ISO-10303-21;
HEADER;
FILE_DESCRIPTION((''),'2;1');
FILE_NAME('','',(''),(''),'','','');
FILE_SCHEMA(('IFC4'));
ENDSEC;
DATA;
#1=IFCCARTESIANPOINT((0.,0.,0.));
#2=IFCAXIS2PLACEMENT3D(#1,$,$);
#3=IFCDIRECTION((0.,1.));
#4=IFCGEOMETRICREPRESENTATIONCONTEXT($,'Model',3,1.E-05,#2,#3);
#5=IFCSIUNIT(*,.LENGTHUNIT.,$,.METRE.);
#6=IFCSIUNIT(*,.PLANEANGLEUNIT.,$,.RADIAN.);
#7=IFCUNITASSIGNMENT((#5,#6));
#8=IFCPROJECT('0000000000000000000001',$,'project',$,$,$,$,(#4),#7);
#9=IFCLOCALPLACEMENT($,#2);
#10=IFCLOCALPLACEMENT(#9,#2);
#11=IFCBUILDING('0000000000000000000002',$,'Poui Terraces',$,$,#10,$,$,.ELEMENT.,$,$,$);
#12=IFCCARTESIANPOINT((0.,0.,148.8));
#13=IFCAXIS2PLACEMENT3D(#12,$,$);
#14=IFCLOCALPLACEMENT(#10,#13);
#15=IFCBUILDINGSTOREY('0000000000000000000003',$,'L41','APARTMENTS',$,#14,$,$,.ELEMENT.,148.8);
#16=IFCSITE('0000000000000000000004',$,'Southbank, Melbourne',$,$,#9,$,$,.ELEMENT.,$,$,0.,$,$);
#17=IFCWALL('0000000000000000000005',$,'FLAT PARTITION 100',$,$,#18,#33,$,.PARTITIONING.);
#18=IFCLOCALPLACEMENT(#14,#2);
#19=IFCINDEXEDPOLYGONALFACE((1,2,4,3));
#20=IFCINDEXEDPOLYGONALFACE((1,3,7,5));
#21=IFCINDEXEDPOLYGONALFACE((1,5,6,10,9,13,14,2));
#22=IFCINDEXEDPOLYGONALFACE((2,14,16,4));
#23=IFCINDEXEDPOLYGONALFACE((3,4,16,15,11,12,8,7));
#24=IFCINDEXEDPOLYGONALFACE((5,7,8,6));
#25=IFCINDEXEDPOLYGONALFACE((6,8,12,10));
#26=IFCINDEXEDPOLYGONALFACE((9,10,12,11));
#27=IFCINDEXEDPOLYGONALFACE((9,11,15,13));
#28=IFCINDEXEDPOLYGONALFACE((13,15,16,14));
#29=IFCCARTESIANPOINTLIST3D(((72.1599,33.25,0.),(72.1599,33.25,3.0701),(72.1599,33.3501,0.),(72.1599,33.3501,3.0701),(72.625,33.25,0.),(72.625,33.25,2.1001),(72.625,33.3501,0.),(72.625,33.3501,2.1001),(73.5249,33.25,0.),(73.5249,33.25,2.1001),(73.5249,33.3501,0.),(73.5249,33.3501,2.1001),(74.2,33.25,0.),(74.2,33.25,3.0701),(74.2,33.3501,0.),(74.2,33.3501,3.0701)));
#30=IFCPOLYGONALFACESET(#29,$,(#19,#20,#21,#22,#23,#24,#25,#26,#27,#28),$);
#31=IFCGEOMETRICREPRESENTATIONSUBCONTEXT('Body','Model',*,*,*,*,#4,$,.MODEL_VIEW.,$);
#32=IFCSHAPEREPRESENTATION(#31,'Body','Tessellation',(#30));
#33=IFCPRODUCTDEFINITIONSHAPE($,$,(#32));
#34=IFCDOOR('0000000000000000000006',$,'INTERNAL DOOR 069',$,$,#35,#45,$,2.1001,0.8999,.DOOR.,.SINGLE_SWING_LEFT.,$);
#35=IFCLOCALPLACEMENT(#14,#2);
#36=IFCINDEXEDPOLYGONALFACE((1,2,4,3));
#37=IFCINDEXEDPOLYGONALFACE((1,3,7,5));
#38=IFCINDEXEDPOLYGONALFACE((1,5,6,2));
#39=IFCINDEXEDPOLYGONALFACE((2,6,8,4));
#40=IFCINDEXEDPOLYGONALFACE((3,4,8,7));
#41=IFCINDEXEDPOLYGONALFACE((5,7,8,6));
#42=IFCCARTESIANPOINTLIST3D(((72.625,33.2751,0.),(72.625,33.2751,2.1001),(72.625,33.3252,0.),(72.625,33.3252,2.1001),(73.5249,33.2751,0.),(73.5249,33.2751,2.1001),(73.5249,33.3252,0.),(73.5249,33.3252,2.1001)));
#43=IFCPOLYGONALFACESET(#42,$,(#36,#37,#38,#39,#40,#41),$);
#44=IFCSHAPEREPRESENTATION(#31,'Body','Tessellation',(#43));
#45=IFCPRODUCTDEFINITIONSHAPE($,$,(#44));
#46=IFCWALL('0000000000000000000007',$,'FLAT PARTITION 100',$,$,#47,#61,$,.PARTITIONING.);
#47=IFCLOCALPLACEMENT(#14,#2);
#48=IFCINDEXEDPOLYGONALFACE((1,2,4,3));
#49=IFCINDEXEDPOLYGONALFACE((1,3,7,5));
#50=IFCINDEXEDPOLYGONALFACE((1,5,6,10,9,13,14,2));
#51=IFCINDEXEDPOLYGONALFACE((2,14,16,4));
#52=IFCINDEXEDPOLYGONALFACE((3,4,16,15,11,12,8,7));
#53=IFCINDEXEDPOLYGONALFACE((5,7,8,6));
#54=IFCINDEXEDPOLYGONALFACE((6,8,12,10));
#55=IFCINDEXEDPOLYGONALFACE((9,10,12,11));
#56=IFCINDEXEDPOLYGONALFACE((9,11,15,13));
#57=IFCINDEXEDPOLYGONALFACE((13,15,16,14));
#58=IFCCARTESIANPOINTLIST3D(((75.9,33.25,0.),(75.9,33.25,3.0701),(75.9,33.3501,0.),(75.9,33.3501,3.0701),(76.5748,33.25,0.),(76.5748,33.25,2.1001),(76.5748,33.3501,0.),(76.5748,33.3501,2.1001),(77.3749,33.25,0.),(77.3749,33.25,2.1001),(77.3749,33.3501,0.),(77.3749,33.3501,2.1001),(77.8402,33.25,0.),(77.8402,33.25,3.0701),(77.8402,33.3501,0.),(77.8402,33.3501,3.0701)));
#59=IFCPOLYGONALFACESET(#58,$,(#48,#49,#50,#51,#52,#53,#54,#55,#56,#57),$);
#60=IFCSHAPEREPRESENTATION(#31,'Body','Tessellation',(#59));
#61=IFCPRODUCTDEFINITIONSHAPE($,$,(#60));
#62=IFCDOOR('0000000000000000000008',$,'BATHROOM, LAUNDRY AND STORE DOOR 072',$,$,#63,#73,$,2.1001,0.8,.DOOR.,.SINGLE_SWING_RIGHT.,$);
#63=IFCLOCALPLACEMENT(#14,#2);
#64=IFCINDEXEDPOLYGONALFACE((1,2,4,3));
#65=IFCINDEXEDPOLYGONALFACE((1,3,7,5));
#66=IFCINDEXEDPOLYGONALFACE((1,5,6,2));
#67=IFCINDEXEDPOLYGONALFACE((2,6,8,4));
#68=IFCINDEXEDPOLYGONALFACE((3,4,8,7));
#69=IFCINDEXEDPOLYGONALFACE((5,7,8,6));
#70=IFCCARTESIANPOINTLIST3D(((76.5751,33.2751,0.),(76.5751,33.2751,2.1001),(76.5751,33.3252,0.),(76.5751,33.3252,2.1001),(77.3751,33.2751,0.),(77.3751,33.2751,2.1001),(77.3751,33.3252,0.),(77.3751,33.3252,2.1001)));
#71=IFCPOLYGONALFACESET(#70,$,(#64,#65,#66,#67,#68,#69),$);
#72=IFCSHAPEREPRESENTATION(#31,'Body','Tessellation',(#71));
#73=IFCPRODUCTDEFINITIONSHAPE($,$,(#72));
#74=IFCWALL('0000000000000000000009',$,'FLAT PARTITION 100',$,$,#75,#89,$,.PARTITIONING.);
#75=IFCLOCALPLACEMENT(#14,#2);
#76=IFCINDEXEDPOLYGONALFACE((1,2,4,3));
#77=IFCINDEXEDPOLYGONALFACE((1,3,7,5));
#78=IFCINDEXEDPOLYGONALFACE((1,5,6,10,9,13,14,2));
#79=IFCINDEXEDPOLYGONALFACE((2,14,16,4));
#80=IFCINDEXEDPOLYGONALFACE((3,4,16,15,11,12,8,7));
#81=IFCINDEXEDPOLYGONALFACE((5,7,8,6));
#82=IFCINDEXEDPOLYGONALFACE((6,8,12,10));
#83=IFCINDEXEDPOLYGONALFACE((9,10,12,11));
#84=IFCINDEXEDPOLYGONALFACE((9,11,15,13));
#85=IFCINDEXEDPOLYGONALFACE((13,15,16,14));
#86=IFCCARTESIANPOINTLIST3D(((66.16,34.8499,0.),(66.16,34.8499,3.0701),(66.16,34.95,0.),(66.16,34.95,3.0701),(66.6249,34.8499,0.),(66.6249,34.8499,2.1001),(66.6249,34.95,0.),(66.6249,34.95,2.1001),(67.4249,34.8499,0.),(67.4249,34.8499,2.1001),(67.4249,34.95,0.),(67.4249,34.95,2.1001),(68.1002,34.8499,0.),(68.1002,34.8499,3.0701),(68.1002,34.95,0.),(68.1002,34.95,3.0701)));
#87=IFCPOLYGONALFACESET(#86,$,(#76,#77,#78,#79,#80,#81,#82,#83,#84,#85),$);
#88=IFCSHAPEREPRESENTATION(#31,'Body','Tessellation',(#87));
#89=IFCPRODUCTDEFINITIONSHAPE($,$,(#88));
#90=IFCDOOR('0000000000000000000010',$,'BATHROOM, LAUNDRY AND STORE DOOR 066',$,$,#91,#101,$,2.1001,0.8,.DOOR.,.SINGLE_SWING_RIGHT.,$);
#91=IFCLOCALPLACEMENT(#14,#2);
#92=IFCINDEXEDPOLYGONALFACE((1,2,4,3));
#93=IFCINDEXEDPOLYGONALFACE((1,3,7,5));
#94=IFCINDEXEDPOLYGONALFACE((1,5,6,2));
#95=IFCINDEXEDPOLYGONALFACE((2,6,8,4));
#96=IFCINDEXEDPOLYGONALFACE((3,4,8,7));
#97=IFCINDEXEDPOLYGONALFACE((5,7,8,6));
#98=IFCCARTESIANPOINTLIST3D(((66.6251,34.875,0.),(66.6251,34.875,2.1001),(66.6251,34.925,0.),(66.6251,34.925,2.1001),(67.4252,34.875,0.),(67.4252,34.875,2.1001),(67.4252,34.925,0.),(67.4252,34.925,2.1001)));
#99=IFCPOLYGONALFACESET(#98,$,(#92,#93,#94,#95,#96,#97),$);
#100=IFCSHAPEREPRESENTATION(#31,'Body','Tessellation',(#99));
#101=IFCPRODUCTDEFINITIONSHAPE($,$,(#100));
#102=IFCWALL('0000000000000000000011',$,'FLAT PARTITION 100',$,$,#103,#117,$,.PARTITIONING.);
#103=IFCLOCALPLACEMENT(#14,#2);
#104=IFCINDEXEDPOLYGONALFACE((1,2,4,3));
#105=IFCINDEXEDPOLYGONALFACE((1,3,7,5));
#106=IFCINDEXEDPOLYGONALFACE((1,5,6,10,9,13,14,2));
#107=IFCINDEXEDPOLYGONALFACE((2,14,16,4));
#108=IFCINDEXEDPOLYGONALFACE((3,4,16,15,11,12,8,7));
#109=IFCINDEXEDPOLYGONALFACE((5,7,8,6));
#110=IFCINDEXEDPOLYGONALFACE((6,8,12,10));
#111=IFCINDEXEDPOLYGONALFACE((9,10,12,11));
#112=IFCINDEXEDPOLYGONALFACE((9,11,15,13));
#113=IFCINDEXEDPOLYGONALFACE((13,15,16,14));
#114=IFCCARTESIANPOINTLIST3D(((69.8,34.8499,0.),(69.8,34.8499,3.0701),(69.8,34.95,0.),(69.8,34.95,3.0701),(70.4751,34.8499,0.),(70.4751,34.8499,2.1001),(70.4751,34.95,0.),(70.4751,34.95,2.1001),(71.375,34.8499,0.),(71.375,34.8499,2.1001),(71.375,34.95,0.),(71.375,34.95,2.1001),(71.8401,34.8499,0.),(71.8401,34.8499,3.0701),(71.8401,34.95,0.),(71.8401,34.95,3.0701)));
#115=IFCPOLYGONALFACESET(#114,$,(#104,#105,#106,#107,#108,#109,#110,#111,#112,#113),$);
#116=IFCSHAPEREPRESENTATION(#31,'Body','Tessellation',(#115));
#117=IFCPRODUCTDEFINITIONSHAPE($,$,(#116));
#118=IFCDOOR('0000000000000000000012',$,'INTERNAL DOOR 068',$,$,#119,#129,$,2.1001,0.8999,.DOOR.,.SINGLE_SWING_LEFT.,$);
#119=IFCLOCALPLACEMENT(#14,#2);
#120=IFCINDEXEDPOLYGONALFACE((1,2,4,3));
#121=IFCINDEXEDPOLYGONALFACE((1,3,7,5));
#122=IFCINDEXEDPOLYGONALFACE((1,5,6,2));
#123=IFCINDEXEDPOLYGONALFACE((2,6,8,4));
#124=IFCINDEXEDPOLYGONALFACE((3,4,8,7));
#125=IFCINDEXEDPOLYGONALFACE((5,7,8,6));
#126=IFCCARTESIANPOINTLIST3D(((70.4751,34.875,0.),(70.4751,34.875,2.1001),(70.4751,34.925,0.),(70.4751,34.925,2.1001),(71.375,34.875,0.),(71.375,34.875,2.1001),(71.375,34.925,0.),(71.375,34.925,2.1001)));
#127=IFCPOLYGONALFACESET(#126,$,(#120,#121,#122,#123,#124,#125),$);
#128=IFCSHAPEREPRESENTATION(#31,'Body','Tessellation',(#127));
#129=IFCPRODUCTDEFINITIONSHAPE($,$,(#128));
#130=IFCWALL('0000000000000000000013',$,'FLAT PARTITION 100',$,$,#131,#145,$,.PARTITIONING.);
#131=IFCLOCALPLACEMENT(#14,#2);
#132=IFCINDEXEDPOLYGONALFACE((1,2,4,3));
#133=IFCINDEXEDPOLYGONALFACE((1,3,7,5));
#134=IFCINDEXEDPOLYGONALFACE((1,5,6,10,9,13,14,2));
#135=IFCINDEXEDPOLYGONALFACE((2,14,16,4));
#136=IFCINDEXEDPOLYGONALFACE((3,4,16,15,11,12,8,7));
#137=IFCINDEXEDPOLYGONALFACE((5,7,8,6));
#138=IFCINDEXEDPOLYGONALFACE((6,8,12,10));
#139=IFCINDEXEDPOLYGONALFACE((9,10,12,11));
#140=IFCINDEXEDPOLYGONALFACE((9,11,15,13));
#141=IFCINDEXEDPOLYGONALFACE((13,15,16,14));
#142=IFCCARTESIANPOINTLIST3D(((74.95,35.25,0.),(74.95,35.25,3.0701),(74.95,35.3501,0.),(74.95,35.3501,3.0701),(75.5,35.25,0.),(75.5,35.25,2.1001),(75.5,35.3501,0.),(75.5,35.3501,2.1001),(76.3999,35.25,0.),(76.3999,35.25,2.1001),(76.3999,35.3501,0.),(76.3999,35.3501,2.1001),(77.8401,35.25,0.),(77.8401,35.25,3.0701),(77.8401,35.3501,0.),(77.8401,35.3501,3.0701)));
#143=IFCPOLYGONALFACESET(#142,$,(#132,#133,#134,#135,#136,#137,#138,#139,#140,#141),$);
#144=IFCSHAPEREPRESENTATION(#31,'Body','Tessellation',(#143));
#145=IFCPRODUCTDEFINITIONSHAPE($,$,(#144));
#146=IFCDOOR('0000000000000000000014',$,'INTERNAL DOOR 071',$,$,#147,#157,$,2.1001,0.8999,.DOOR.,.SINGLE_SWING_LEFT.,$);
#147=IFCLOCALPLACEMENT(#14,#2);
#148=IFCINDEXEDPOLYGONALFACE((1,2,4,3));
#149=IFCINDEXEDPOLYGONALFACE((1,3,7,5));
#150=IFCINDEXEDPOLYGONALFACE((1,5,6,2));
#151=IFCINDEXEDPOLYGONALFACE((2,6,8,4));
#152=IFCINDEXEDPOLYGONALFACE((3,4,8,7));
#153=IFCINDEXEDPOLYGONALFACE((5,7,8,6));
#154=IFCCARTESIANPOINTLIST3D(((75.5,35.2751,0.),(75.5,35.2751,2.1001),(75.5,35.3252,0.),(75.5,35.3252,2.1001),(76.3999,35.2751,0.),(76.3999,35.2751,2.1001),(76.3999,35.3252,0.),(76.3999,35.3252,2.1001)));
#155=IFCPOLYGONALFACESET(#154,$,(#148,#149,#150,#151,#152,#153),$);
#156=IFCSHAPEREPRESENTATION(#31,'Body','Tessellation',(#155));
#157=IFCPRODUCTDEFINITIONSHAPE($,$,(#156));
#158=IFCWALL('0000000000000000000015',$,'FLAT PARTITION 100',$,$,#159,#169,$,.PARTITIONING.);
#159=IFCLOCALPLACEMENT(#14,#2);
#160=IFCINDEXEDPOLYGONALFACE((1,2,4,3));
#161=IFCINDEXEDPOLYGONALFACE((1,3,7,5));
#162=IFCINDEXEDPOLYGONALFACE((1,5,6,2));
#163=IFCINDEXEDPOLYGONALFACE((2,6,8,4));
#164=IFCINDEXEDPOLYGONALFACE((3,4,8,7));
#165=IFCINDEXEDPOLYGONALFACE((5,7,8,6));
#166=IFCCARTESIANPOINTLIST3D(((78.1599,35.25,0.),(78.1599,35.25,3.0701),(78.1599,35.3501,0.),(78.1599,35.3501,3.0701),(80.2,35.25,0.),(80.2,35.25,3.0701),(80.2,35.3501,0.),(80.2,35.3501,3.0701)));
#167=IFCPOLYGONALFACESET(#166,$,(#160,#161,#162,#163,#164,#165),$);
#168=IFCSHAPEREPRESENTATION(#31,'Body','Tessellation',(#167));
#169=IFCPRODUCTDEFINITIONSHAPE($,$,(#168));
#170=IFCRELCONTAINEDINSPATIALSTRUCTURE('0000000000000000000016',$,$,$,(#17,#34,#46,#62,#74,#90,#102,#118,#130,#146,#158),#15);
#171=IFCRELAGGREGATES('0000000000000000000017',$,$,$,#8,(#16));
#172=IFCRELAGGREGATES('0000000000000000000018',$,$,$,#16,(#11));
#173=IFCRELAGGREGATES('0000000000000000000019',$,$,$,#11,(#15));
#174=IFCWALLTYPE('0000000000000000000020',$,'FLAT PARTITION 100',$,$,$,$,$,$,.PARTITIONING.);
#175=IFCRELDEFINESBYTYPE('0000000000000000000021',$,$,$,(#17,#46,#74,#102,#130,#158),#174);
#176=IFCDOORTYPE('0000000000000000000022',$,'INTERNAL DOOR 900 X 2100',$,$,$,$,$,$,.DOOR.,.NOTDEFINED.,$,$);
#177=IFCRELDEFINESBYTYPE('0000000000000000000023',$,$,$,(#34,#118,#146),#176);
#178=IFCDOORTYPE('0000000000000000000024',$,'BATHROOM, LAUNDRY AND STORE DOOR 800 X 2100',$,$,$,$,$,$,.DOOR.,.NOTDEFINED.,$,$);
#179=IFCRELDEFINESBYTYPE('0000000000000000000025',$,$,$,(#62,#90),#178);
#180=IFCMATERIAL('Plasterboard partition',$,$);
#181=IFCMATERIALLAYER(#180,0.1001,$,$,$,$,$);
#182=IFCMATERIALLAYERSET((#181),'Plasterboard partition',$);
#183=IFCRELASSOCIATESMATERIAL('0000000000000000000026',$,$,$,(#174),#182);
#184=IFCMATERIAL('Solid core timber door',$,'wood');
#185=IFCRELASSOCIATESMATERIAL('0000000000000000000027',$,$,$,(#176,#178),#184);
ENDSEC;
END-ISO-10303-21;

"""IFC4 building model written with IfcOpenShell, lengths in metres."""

from ifc_helpers import new_model, si_unit, direction, frame, frame_2d, origin, place, context, subcontext, project, spatial, rectangle, extrude, material, layer, layer_set, type_object, element, fill, save


model = new_model("IFC4")

# Units and contexts
model_context = context("Model", 3, precision=1e-05, world=origin(), true_north=direction((0.0, 1.0)))
body_context = subcontext(model_context, "Body", "Model", "MODEL_VIEW")
ifc_project = project(units=[si_unit("LENGTHUNIT", "METRE"), si_unit("PLANEANGLEUNIT", "RADIAN")], contexts=[model_context])

# Site, building, storey
site_placement = place(None, origin())
site = spatial("IfcSite", under=ifc_project, at=site_placement, Name="Southbank, Melbourne", CompositionType="ELEMENT", RefElevation=0.0)
building_placement = place(site_placement, origin())
building = spatial("IfcBuilding", under=site, at=building_placement, Name="Poui Terraces", CompositionType="ELEMENT")
storey_placement = place(building_placement, frame((0.0, 0.0, 148.8)))
storey = spatial("IfcBuildingStorey", under=building, at=storey_placement, Name="L41", Description="APARTMENTS", CompositionType="ELEMENT", Elevation=148.8)

# Walls, openings, doors
ifc_material_1 = material(Name="Plasterboard partition")
ifc_layer_1 = layer(ifc_material_1, 0.1001)
ifc_layer_set_1 = layer_set([ifc_layer_1], Name="Plasterboard partition")
wall_type_1 = type_object("IfcWallType", Name="FLAT PARTITION 100", PredefinedType="PARTITIONING", material=ifc_layer_set_1)
wall_1_placement = place(storey_placement, frame((72.1599, 33.3, 0.0), z_axis=(0.0, 0.0, 1.0), x_axis=(1.0, 0.0, 0.0)))
wall_1 = element("IfcWall", 1, at=wall_1_placement, inside=storey, type_object=wall_type_1, Name="FLAT PARTITION 100", PredefinedType="PARTITIONING", context=body_context, shape_type="SweptSolid", body=[
    extrude(rectangle(XDim=2.04, YDim=0.1001, at=frame_2d((1.02, 0.0))), origin(), (0.0, 0.0, 1.0), 3.0701),
])
opening_1_placement = place(wall_1_placement, frame((0.4651, 0.0, 0.0)))
opening_1 = element("IfcOpeningElement", 2, at=opening_1_placement, cuts=wall_1, PredefinedType="OPENING", context=body_context, shape_type="SweptSolid", body=[
    extrude(rectangle(XDim=0.8999, YDim=2.1001, at=frame_2d((0.45, 1.05))), frame((0.0, 0.0601, 0.0), z_axis=(0.0, -1.0, 0.0), x_axis=(1.0, 0.0, 0.0)), (0.0, 0.0, 1.0), 0.1201),
])
ifc_material_2 = material(Name="Solid core timber door", Category="wood")
door_type_1 = type_object("IfcDoorType", Name="INTERNAL DOOR 900 X 2100", OperationType="NOTDEFINED", PredefinedType="DOOR", material=ifc_material_2)
door_1_placement = place(opening_1_placement, frame((0.8999, 0.0, 0.0), z_axis=(0.0, 0.0, 1.0), x_axis=(-1.0, 0.0, 0.0)))
door_1 = element("IfcDoor", 3, at=door_1_placement, inside=storey, type_object=door_type_1, Name="INTERNAL DOOR 069", OperationType="SINGLE_SWING_LEFT", OverallHeight=2.1001, OverallWidth=0.8999, PredefinedType="DOOR", context=body_context, shape_type="SweptSolid", body=[
    extrude(rectangle(XDim=0.8999, YDim=2.1001, at=frame_2d((0.45, 1.05))), frame((0.0, 0.0249, 0.0), z_axis=(0.0, -1.0, 0.0), x_axis=(1.0, 0.0, 0.0)), (0.0, 0.0, 1.0), 0.05),
])
fill(opening_1, door_1)
wall_2_placement = place(storey_placement, frame((75.8999, 33.3, 0.0), z_axis=(0.0, 0.0, 1.0), x_axis=(1.0, 0.0, 0.0)))
wall_2 = element("IfcWall", 4, at=wall_2_placement, inside=storey, type_object=wall_type_1, Name="FLAT PARTITION 100", PredefinedType="PARTITIONING", context=body_context, shape_type="SweptSolid", body=[
    extrude(rectangle(XDim=1.9402, YDim=0.1001, at=frame_2d((0.9702, 0.0))), origin(), (0.0, 0.0, 1.0), 3.0701),
])
opening_2_placement = place(wall_2_placement, frame((0.675, 0.0, 0.0)))
opening_2 = element("IfcOpeningElement", 5, at=opening_2_placement, cuts=wall_2, PredefinedType="OPENING", context=body_context, shape_type="SweptSolid", body=[
    extrude(rectangle(XDim=0.8, YDim=2.1001, at=frame_2d((0.3999, 1.05))), frame((0.0, 0.0601, 0.0), z_axis=(0.0, -1.0, 0.0), x_axis=(1.0, 0.0, 0.0)), (0.0, 0.0, 1.0), 0.1201),
])
door_type_2 = type_object("IfcDoorType", Name="BATHROOM, LAUNDRY AND STORE DOOR 800 X 2100", OperationType="NOTDEFINED", PredefinedType="DOOR", material=ifc_material_2)
door_2_placement = place(opening_2_placement, frame((0.8, 0.0, 0.0), z_axis=(0.0, 0.0, 1.0), x_axis=(-1.0, 0.0, 0.0)))
door_2 = element("IfcDoor", 6, at=door_2_placement, inside=storey, type_object=door_type_2, Name="BATHROOM, LAUNDRY AND STORE DOOR 072", OperationType="SINGLE_SWING_RIGHT", OverallHeight=2.1001, OverallWidth=0.8, PredefinedType="DOOR", context=body_context, shape_type="SweptSolid", body=[
    extrude(rectangle(XDim=0.8, YDim=2.1001, at=frame_2d((0.3999, 1.05))), frame((0.0, 0.0249, 0.0), z_axis=(0.0, -1.0, 0.0), x_axis=(1.0, 0.0, 0.0)), (0.0, 0.0, 1.0), 0.05),
])
fill(opening_2, door_2)
wall_3_placement = place(storey_placement, frame((66.1599, 34.8999, 0.0), z_axis=(0.0, 0.0, 1.0), x_axis=(1.0, 0.0, 0.0)))
wall_3 = element("IfcWall", 7, at=wall_3_placement, inside=storey, type_object=wall_type_1, Name="FLAT PARTITION 100", PredefinedType="PARTITIONING", context=body_context, shape_type="SweptSolid", body=[
    extrude(rectangle(XDim=1.9402, YDim=0.1001, at=frame_2d((0.9702, 0.0))), origin(), (0.0, 0.0, 1.0), 3.0701),
])
opening_3_placement = place(wall_3_placement, frame((0.4651, 0.0, 0.0)))
opening_3 = element("IfcOpeningElement", 8, at=opening_3_placement, cuts=wall_3, PredefinedType="OPENING", context=body_context, shape_type="SweptSolid", body=[
    extrude(rectangle(XDim=0.8, YDim=2.1001, at=frame_2d((0.3999, 1.05))), frame((0.0, 0.0601, 0.0), z_axis=(0.0, -1.0, 0.0), x_axis=(1.0, 0.0, 0.0)), (0.0, 0.0, 1.0), 0.1201),
])
door_3_placement = place(opening_3_placement, frame((0.8, 0.0, 0.0), z_axis=(0.0, 0.0, 1.0), x_axis=(-1.0, 0.0, 0.0)))
door_3 = element("IfcDoor", 9, at=door_3_placement, inside=storey, type_object=door_type_2, Name="BATHROOM, LAUNDRY AND STORE DOOR 066", OperationType="SINGLE_SWING_RIGHT", OverallHeight=2.1001, OverallWidth=0.8, PredefinedType="DOOR", context=body_context, shape_type="SweptSolid", body=[
    extrude(rectangle(XDim=0.8, YDim=2.1001, at=frame_2d((0.3999, 1.05))), frame((0.0, 0.0249, 0.0), z_axis=(0.0, -1.0, 0.0), x_axis=(1.0, 0.0, 0.0)), (0.0, 0.0, 1.0), 0.05),
])
fill(opening_3, door_3)
wall_4_placement = place(storey_placement, frame((69.8, 34.8999, 0.0), z_axis=(0.0, 0.0, 1.0), x_axis=(1.0, 0.0, 0.0)))
wall_4 = element("IfcWall", 10, at=wall_4_placement, inside=storey, type_object=wall_type_1, Name="FLAT PARTITION 100", PredefinedType="PARTITIONING", context=body_context, shape_type="SweptSolid", body=[
    extrude(rectangle(XDim=2.04, YDim=0.1001, at=frame_2d((1.02, 0.0))), origin(), (0.0, 0.0, 1.0), 3.0701),
])
opening_4_placement = place(wall_4_placement, frame((0.675, 0.0, 0.0)))
opening_4 = element("IfcOpeningElement", 11, at=opening_4_placement, cuts=wall_4, PredefinedType="OPENING", context=body_context, shape_type="SweptSolid", body=[
    extrude(rectangle(XDim=0.8999, YDim=2.1001, at=frame_2d((0.45, 1.05))), frame((0.0, 0.0601, 0.0), z_axis=(0.0, -1.0, 0.0), x_axis=(1.0, 0.0, 0.0)), (0.0, 0.0, 1.0), 0.1201),
])
door_4_placement = place(opening_4_placement, frame((0.8999, 0.0, 0.0), z_axis=(0.0, 0.0, 1.0), x_axis=(-1.0, 0.0, 0.0)))
door_4 = element("IfcDoor", 12, at=door_4_placement, inside=storey, type_object=door_type_1, Name="INTERNAL DOOR 068", OperationType="SINGLE_SWING_LEFT", OverallHeight=2.1001, OverallWidth=0.8999, PredefinedType="DOOR", context=body_context, shape_type="SweptSolid", body=[
    extrude(rectangle(XDim=0.8999, YDim=2.1001, at=frame_2d((0.45, 1.05))), frame((0.0, 0.0249, 0.0), z_axis=(0.0, -1.0, 0.0), x_axis=(1.0, 0.0, 0.0)), (0.0, 0.0, 1.0), 0.05),
])
fill(opening_4, door_4)
wall_5_placement = place(storey_placement, frame((74.95, 35.3, 0.0), z_axis=(0.0, 0.0, 1.0), x_axis=(1.0, 0.0, 0.0)))
wall_5 = element("IfcWall", 13, at=wall_5_placement, inside=storey, type_object=wall_type_1, Name="FLAT PARTITION 100", PredefinedType="PARTITIONING", context=body_context, shape_type="SweptSolid", body=[
    extrude(rectangle(XDim=2.8901, YDim=0.1001, at=frame_2d((1.4451, 0.0))), origin(), (0.0, 0.0, 1.0), 3.0701),
])
opening_5_placement = place(wall_5_placement, frame((0.55, 0.0, 0.0)))
opening_5 = element("IfcOpeningElement", 14, at=opening_5_placement, cuts=wall_5, PredefinedType="OPENING", context=body_context, shape_type="SweptSolid", body=[
    extrude(rectangle(XDim=0.8999, YDim=2.1001, at=frame_2d((0.45, 1.05))), frame((0.0, 0.0601, 0.0), z_axis=(0.0, -1.0, 0.0), x_axis=(1.0, 0.0, 0.0)), (0.0, 0.0, 1.0), 0.1201),
])
door_5_placement = place(opening_5_placement, frame((0.8999, 0.0, 0.0), z_axis=(0.0, 0.0, 1.0), x_axis=(-1.0, 0.0, 0.0)))
door_5 = element("IfcDoor", 15, at=door_5_placement, inside=storey, type_object=door_type_1, Name="INTERNAL DOOR 071", OperationType="SINGLE_SWING_LEFT", OverallHeight=2.1001, OverallWidth=0.8999, PredefinedType="DOOR", context=body_context, shape_type="SweptSolid", body=[
    extrude(rectangle(XDim=0.8999, YDim=2.1001, at=frame_2d((0.45, 1.05))), frame((0.0, 0.0249, 0.0), z_axis=(0.0, -1.0, 0.0), x_axis=(1.0, 0.0, 0.0)), (0.0, 0.0, 1.0), 0.05),
])
fill(opening_5, door_5)

# Wall
wall_6_placement = place(storey_placement, frame((78.1599, 35.3, 0.0), z_axis=(0.0, 0.0, 1.0), x_axis=(1.0, 0.0, 0.0)))
element("IfcWall", 16, at=wall_6_placement, inside=storey, type_object=wall_type_1, Name="FLAT PARTITION 100", PredefinedType="PARTITIONING", context=body_context, shape_type="SweptSolid", body=[
    extrude(rectangle(XDim=2.04, YDim=0.1001, at=frame_2d((1.02, 0.0))), origin(), (0.0, 0.0, 1.0), 3.0701),
])

save(model, "model.ifc")
